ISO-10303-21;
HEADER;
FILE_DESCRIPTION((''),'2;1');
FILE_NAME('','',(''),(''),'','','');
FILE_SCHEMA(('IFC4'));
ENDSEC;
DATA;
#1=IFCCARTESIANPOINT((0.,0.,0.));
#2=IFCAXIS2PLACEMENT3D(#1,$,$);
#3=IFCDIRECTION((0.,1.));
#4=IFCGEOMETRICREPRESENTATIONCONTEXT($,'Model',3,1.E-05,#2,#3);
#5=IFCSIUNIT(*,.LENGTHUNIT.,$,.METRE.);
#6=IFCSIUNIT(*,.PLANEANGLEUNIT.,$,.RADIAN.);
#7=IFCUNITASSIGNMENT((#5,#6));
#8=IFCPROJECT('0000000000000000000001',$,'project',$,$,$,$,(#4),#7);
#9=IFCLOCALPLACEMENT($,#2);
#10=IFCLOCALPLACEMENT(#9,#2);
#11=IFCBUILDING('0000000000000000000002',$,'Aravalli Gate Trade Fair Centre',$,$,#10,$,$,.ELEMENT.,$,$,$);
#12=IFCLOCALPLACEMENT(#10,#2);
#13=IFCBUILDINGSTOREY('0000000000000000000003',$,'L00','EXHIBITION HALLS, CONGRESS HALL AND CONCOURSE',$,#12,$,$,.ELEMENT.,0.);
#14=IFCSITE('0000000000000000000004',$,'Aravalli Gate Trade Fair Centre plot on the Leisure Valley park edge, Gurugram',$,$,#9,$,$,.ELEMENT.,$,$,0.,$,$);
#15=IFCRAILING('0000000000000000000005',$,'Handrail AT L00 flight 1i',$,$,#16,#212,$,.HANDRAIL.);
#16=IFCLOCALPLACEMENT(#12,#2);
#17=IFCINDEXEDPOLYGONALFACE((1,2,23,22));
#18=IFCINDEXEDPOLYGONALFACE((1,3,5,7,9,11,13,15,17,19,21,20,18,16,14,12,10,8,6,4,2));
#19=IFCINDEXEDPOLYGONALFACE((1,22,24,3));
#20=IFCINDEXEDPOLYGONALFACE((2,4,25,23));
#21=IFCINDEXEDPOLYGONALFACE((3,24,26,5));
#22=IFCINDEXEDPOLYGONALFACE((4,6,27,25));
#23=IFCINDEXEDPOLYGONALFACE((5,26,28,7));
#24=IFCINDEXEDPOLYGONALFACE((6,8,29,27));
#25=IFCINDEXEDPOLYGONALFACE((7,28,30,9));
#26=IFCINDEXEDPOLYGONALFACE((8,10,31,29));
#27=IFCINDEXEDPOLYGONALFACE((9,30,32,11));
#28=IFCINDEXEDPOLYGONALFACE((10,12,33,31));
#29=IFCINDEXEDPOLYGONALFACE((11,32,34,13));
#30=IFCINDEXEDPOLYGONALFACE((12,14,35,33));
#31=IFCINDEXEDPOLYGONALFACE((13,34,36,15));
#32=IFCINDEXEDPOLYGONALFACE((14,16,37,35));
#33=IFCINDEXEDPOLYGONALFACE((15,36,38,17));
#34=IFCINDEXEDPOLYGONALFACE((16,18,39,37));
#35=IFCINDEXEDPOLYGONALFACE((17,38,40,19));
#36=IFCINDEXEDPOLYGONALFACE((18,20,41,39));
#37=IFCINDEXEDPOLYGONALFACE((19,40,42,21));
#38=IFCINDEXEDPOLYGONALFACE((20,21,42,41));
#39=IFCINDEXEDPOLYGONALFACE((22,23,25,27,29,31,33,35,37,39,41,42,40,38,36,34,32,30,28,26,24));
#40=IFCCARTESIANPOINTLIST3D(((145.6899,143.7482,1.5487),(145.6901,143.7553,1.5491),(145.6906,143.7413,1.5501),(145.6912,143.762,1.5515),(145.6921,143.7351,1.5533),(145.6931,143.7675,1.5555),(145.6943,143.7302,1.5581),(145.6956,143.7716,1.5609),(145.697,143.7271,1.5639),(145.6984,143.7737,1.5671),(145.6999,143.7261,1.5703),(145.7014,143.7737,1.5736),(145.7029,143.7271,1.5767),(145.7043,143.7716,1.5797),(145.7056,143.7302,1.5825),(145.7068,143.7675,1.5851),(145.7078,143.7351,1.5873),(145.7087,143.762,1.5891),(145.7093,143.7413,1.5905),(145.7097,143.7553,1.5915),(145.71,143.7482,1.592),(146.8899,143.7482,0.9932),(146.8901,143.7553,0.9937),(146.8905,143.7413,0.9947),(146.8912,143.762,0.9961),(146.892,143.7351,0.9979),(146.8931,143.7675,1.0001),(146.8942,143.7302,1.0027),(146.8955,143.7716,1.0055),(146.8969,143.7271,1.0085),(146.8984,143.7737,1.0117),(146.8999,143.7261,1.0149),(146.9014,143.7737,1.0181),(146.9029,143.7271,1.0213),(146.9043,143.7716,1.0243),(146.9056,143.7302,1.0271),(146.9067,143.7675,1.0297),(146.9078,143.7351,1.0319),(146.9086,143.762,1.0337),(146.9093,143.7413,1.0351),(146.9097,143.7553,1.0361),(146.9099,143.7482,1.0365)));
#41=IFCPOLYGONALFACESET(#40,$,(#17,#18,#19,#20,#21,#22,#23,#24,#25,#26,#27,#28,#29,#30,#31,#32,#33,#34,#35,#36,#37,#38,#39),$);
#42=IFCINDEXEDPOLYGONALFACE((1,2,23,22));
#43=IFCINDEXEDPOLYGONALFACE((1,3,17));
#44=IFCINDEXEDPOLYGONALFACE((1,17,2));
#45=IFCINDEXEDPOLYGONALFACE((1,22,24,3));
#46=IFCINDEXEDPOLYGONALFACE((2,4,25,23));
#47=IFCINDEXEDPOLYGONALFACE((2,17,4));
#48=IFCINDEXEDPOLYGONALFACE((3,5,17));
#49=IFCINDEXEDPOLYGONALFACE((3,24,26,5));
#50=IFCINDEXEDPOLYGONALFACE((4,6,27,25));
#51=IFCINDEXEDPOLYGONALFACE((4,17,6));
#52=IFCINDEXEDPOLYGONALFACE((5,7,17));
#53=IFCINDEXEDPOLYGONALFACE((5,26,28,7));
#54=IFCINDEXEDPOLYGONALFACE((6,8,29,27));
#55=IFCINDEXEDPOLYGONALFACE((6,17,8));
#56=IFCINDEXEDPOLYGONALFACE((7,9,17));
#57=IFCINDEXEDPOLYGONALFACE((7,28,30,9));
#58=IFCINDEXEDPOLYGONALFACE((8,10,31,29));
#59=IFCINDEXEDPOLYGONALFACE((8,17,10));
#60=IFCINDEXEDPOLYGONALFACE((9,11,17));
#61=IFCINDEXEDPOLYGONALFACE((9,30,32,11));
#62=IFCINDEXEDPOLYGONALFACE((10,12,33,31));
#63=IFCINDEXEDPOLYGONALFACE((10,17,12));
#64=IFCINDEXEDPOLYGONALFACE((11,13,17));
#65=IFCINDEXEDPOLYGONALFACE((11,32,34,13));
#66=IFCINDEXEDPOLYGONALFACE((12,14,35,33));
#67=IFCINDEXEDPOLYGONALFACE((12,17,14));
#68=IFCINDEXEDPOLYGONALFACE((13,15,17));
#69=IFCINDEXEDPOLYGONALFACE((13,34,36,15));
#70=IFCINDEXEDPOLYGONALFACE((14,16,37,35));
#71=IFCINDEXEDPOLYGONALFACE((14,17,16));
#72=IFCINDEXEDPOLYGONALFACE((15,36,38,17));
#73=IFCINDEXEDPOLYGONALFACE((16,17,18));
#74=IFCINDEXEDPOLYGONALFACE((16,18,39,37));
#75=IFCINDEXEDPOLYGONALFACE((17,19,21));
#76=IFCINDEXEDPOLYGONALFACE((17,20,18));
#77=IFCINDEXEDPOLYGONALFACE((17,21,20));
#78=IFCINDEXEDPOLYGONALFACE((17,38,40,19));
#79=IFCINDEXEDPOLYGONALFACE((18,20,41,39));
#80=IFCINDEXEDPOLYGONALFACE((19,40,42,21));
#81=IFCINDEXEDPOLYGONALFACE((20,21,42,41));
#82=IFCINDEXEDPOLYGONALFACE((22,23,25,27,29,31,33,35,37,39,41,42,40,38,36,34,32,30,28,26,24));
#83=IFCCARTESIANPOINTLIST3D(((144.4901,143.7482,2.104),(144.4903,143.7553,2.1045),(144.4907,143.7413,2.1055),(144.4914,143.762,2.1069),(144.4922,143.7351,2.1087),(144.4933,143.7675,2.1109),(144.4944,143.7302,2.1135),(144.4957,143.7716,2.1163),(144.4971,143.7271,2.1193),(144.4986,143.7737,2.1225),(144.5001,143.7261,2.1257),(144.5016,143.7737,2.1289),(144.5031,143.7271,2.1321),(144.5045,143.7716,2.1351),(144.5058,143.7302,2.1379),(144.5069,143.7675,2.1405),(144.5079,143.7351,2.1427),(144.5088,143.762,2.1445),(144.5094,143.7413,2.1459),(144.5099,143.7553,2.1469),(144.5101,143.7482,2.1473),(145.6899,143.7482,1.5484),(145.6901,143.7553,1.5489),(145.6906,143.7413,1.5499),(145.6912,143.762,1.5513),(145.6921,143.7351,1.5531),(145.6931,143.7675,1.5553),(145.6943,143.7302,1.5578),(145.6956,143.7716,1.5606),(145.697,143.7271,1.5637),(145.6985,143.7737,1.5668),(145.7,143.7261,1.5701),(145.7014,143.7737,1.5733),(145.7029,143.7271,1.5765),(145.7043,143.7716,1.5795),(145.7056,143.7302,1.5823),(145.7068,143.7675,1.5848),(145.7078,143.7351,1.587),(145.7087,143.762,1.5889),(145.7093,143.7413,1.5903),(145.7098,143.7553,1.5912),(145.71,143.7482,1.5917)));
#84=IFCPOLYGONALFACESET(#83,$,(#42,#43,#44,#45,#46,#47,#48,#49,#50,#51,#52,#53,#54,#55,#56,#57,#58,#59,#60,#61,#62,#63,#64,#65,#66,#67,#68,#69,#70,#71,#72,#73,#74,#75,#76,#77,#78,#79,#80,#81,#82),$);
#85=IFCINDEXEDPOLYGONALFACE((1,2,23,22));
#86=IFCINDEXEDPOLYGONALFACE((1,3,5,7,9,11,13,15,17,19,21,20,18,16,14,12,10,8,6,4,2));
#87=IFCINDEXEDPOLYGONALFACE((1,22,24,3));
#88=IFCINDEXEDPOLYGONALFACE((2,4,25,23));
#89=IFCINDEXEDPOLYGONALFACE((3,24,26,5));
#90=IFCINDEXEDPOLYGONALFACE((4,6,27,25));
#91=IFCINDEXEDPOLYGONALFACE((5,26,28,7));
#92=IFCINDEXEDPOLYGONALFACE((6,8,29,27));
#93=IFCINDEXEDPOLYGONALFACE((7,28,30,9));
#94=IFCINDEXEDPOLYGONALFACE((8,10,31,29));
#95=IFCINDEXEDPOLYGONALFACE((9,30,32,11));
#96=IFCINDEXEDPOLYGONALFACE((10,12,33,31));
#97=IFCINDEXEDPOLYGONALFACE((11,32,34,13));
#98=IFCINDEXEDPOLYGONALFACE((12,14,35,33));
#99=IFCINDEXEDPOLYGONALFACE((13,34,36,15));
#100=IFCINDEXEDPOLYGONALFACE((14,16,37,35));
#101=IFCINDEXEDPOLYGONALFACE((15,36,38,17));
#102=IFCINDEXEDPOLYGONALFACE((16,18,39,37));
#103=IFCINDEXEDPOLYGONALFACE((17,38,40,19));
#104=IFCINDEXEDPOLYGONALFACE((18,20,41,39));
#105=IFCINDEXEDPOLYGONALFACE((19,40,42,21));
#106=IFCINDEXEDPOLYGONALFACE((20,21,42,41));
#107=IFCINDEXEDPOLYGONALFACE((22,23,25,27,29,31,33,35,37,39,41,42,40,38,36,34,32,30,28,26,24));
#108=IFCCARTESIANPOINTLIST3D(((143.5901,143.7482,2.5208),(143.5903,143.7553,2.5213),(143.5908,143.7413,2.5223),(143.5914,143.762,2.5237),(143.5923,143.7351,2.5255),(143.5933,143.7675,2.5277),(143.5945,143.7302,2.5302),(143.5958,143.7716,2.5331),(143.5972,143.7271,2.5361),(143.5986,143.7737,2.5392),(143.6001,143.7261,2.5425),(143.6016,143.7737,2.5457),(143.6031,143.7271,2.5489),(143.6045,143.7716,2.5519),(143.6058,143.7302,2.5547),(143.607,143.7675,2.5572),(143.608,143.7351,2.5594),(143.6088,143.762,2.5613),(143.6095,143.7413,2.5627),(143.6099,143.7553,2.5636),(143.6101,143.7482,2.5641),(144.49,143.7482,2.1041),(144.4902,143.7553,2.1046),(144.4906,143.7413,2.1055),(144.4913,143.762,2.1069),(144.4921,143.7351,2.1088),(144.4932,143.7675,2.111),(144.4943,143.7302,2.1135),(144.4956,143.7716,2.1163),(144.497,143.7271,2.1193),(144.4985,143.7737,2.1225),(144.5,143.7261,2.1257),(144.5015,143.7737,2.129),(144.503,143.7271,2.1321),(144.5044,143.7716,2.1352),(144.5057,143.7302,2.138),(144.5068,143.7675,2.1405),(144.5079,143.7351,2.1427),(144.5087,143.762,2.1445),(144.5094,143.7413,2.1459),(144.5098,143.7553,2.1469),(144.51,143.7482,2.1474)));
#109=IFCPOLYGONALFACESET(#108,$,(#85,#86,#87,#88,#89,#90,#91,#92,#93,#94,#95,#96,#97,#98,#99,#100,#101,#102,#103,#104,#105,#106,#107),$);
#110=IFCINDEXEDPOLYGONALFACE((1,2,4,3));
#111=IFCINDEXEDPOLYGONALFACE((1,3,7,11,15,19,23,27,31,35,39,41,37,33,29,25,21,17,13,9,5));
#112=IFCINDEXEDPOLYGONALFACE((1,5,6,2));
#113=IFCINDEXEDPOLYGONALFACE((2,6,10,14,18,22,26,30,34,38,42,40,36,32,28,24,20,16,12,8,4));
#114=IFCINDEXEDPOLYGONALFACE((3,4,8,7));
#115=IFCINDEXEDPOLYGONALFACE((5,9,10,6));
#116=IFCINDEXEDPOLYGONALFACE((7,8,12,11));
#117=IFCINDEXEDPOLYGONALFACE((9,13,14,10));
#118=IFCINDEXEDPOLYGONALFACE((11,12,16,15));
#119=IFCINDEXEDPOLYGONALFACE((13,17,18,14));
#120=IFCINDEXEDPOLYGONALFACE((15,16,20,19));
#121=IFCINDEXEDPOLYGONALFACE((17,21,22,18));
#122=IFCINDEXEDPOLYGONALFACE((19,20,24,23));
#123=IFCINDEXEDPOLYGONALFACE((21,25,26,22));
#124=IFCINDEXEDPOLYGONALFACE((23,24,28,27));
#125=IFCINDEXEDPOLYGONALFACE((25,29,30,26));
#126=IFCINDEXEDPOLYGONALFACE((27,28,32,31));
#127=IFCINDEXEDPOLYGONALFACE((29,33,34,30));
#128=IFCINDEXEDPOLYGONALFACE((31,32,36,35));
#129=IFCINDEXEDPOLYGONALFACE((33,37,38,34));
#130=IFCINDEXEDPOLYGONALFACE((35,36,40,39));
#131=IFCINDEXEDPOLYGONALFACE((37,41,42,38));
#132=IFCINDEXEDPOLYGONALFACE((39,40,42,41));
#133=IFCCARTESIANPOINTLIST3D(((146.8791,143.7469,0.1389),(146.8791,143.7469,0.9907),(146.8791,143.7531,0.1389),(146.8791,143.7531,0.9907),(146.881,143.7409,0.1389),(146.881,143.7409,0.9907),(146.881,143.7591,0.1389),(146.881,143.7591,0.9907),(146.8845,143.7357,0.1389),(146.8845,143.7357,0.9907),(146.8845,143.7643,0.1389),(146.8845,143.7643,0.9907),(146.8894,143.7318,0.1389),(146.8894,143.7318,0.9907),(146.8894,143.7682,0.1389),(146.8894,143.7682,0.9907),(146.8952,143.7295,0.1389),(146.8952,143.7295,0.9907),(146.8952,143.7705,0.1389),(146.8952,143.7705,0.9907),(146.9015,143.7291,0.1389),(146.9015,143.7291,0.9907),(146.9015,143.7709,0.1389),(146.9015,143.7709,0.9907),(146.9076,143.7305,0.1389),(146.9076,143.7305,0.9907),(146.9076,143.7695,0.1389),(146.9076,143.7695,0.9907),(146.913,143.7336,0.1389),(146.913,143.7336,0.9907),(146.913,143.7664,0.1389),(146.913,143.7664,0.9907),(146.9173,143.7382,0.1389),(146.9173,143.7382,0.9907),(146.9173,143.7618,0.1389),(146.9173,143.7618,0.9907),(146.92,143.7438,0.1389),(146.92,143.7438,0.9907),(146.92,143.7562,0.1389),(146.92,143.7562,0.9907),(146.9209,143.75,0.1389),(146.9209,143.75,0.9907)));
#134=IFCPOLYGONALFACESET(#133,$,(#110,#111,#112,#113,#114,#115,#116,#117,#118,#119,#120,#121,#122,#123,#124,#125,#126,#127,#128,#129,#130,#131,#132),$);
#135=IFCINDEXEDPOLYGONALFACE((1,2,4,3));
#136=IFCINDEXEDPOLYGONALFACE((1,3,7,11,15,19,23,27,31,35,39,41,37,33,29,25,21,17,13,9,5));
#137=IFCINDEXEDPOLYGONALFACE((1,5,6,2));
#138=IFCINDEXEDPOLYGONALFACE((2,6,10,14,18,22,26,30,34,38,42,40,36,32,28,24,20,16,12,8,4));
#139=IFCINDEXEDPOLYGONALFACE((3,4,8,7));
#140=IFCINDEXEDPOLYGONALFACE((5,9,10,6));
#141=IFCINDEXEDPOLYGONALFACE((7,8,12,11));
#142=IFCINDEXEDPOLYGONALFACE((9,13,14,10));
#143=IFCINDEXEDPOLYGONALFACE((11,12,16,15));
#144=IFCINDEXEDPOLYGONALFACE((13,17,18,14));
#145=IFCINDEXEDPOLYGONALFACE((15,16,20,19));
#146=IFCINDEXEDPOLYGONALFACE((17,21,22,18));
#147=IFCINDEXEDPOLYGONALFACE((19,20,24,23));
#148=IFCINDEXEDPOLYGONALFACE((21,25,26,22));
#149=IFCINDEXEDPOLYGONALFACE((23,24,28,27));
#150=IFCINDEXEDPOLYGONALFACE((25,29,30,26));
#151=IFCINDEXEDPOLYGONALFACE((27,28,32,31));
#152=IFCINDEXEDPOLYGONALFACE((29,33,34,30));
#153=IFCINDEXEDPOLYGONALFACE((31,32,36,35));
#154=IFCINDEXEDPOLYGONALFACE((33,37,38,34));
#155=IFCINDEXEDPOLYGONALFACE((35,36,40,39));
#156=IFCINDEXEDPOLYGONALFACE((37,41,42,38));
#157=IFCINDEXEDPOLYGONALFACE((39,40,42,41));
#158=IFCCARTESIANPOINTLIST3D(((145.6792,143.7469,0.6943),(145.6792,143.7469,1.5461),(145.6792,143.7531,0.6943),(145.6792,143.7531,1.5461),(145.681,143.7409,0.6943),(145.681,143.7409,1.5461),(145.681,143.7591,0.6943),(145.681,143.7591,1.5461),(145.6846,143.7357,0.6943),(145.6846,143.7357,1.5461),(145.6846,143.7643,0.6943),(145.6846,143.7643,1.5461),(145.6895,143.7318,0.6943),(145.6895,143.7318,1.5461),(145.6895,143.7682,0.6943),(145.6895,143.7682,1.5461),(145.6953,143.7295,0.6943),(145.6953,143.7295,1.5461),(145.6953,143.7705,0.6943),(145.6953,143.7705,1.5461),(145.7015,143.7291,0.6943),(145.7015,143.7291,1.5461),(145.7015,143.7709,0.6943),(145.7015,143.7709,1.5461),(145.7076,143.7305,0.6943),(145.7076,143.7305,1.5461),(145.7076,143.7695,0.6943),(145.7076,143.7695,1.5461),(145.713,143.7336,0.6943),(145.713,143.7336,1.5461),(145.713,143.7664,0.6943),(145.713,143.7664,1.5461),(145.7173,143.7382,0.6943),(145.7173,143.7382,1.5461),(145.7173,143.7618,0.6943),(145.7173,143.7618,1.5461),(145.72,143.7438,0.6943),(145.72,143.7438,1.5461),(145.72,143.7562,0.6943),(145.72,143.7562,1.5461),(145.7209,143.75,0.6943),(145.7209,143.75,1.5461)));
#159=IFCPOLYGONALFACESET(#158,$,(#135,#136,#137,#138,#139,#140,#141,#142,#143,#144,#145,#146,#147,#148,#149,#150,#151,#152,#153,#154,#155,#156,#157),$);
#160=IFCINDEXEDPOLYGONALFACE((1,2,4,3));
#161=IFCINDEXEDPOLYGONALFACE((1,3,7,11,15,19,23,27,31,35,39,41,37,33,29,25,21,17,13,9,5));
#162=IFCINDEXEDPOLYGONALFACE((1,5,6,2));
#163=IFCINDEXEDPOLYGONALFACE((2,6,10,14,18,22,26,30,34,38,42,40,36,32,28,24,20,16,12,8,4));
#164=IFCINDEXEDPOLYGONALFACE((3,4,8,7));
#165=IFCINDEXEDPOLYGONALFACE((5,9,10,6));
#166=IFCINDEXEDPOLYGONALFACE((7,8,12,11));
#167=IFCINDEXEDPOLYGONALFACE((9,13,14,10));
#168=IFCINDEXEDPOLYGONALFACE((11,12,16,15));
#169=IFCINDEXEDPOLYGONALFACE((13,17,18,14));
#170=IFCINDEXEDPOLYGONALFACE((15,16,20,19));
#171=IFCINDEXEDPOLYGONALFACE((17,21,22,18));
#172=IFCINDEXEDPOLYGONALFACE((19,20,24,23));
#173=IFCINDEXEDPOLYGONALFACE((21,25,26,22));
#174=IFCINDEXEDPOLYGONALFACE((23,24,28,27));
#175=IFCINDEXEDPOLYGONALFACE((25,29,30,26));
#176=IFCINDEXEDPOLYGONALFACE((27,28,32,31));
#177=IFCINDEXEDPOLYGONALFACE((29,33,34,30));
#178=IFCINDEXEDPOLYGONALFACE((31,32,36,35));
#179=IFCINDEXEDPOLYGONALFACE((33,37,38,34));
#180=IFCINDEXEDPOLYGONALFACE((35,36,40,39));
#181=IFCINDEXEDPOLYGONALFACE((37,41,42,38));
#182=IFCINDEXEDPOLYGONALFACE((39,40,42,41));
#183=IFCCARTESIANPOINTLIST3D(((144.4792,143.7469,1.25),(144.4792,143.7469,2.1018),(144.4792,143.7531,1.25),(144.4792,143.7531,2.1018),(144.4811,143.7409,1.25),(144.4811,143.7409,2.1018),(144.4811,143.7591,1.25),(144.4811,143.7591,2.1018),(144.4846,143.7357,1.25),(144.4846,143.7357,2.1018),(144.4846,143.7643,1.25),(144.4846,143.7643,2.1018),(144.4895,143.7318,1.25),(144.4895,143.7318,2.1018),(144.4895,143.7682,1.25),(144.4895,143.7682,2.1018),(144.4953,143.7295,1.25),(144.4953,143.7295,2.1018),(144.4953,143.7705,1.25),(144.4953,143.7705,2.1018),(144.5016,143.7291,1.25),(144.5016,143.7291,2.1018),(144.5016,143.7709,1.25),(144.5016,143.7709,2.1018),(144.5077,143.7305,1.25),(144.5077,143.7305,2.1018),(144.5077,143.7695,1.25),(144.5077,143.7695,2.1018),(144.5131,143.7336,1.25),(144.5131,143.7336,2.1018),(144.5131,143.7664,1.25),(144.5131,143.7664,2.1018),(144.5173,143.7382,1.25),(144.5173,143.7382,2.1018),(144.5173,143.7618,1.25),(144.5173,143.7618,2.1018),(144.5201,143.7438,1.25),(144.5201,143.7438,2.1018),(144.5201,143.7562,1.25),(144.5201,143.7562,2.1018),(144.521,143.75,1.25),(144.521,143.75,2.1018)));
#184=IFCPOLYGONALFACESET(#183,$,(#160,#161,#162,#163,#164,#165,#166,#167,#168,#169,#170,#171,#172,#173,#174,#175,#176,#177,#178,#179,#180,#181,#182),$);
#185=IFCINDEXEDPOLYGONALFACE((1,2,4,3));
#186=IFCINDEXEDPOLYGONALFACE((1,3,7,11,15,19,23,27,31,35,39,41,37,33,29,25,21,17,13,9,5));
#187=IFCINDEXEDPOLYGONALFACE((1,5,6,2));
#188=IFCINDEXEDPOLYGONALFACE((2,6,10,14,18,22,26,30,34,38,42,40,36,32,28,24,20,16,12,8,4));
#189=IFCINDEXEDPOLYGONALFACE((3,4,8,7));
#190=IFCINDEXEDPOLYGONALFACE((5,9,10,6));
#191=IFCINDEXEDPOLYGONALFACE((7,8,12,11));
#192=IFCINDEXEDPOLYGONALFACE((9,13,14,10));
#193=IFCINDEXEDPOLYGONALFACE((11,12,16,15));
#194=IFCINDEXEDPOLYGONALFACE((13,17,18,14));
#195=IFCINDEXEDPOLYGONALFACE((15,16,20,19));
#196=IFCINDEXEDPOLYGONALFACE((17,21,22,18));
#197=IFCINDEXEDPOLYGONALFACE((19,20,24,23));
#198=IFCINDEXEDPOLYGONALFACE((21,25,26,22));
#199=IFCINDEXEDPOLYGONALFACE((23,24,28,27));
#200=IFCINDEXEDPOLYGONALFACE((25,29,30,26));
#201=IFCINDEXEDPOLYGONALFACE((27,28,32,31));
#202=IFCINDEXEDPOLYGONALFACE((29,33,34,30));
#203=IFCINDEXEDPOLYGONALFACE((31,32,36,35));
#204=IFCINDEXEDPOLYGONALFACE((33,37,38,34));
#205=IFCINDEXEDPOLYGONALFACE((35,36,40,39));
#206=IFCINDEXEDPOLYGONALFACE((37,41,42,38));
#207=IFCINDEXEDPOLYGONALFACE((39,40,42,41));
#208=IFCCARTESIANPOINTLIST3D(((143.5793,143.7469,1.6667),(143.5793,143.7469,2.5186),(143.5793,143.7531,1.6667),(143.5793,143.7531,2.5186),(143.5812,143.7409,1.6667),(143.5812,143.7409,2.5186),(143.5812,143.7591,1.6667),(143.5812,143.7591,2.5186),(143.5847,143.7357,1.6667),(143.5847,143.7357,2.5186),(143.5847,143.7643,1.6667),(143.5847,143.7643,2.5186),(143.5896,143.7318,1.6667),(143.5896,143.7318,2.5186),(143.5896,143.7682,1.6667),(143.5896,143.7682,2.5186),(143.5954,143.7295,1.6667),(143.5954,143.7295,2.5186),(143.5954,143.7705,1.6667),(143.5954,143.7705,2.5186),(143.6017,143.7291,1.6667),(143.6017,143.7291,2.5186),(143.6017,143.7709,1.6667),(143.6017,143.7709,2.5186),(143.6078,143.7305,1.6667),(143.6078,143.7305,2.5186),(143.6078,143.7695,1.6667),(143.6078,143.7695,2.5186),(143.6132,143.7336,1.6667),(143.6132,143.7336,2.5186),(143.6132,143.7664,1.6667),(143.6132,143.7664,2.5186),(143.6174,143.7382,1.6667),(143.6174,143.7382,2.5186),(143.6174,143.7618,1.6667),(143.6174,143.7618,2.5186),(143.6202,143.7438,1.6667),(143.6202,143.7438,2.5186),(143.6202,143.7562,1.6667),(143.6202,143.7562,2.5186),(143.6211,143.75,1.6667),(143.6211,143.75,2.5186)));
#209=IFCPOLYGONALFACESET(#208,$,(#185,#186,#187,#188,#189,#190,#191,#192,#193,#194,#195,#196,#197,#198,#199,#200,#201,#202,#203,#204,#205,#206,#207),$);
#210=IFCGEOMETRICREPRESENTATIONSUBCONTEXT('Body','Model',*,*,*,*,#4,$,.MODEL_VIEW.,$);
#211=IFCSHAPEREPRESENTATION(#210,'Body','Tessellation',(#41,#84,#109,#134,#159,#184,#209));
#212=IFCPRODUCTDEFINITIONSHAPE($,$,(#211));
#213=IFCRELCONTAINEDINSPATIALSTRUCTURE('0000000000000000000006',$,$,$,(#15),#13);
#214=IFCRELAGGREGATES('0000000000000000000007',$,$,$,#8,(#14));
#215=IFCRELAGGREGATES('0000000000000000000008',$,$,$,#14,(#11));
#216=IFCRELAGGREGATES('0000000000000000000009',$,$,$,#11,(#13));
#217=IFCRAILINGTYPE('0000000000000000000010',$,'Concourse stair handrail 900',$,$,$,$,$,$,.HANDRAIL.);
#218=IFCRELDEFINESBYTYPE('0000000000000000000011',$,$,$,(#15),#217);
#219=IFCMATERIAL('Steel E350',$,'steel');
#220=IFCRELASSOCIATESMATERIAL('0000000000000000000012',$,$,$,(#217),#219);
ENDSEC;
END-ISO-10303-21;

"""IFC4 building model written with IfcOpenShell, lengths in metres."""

from ifc_helpers import new_model, si_unit, direction, frame, origin, origin_2d, place, context, subcontext, project, spatial, circle, extrude, material, type_object, element, save


model = new_model("IFC4")

# Units and contexts
model_context = context("Model", 3, precision=1e-05, world=origin(), true_north=direction((0.0, 1.0)))
body_context = subcontext(model_context, "Body", "Model", "MODEL_VIEW")
ifc_project = project(units=[si_unit("LENGTHUNIT", "METRE"), si_unit("PLANEANGLEUNIT", "RADIAN")], contexts=[model_context])

# Site, building, storey
site_placement = place(None, origin())
site = spatial("IfcSite", under=ifc_project, at=site_placement, Name="Aravalli Gate Trade Fair Centre plot on the Leisure Valley park edge, Gurugram", CompositionType="ELEMENT", RefElevation=0.0)
building_placement = place(site_placement, origin())
building = spatial("IfcBuilding", under=site, at=building_placement, Name="Aravalli Gate Trade Fair Centre", CompositionType="ELEMENT")
storey_placement = place(building_placement, origin())
storey = spatial("IfcBuildingStorey", under=building, at=storey_placement, Name="L00", Description="EXHIBITION HALLS, CONGRESS HALL AND CONCOURSE", CompositionType="ELEMENT", Elevation=0.0)

# Shared definitions
ifc_material_1 = material(Name="Steel E350", Category="steel")

# Railing
railing_type_1 = type_object("IfcRailingType", Name="Concourse stair handrail 900", PredefinedType="HANDRAIL", material=ifc_material_1)
for number, where, name in (
    (1, (146.8999, 143.75, 0.1389), "Handrail AT L00 flight 1i"),
):
    element("IfcRailing", number, at=place(storey_placement, frame(where)), inside=storey, type_object=railing_type_1, Name=name, PredefinedType="HANDRAIL", context=body_context, shape_type="SweptSolid", body=[
        extrude(circle(Radius=0.0239, at=origin_2d()), frame((0.0, 0.0, 0.876), z_axis=(-0.907499, 0.0, 0.420053), x_axis=(0.0, -1.0, 0.0)), (0.0, 0.0, 1.0), 1.3223),
        extrude(circle(Radius=0.0239, at=origin_2d()), frame((-1.2, 0.0, 1.4312), z_axis=(-0.907429, 0.0, 0.420205), x_axis=(0.0, -1.0, 0.0)), (0.0, 0.0, 1.0), 1.3223),
        extrude(circle(Radius=0.0239, at=origin_2d()), frame((-2.3999, 0.0, 1.9868), z_axis=(-0.907418, 0.0, 0.420229), x_axis=(0.0, -1.0, 0.0)), (0.0, 0.0, 1.0), 0.9917),
        extrude(circle(Radius=0.021, at=origin_2d()), origin(), (0.0, 0.0, 1.0), 0.8518),
        extrude(circle(Radius=0.021, at=origin_2d()), frame((-1.2, 0.0, 0.5554)), (0.0, 0.0, 1.0), 0.8518),
        extrude(circle(Radius=0.021, at=origin_2d()), frame((-2.3999, 0.0, 1.1111)), (0.0, 0.0, 1.0), 0.8518),
        extrude(circle(Radius=0.021, at=origin_2d()), frame((-3.2998, 0.0, 1.5278)), (0.0, 0.0, 1.0), 0.8518),
    ])

save(model, "model.ifc")
